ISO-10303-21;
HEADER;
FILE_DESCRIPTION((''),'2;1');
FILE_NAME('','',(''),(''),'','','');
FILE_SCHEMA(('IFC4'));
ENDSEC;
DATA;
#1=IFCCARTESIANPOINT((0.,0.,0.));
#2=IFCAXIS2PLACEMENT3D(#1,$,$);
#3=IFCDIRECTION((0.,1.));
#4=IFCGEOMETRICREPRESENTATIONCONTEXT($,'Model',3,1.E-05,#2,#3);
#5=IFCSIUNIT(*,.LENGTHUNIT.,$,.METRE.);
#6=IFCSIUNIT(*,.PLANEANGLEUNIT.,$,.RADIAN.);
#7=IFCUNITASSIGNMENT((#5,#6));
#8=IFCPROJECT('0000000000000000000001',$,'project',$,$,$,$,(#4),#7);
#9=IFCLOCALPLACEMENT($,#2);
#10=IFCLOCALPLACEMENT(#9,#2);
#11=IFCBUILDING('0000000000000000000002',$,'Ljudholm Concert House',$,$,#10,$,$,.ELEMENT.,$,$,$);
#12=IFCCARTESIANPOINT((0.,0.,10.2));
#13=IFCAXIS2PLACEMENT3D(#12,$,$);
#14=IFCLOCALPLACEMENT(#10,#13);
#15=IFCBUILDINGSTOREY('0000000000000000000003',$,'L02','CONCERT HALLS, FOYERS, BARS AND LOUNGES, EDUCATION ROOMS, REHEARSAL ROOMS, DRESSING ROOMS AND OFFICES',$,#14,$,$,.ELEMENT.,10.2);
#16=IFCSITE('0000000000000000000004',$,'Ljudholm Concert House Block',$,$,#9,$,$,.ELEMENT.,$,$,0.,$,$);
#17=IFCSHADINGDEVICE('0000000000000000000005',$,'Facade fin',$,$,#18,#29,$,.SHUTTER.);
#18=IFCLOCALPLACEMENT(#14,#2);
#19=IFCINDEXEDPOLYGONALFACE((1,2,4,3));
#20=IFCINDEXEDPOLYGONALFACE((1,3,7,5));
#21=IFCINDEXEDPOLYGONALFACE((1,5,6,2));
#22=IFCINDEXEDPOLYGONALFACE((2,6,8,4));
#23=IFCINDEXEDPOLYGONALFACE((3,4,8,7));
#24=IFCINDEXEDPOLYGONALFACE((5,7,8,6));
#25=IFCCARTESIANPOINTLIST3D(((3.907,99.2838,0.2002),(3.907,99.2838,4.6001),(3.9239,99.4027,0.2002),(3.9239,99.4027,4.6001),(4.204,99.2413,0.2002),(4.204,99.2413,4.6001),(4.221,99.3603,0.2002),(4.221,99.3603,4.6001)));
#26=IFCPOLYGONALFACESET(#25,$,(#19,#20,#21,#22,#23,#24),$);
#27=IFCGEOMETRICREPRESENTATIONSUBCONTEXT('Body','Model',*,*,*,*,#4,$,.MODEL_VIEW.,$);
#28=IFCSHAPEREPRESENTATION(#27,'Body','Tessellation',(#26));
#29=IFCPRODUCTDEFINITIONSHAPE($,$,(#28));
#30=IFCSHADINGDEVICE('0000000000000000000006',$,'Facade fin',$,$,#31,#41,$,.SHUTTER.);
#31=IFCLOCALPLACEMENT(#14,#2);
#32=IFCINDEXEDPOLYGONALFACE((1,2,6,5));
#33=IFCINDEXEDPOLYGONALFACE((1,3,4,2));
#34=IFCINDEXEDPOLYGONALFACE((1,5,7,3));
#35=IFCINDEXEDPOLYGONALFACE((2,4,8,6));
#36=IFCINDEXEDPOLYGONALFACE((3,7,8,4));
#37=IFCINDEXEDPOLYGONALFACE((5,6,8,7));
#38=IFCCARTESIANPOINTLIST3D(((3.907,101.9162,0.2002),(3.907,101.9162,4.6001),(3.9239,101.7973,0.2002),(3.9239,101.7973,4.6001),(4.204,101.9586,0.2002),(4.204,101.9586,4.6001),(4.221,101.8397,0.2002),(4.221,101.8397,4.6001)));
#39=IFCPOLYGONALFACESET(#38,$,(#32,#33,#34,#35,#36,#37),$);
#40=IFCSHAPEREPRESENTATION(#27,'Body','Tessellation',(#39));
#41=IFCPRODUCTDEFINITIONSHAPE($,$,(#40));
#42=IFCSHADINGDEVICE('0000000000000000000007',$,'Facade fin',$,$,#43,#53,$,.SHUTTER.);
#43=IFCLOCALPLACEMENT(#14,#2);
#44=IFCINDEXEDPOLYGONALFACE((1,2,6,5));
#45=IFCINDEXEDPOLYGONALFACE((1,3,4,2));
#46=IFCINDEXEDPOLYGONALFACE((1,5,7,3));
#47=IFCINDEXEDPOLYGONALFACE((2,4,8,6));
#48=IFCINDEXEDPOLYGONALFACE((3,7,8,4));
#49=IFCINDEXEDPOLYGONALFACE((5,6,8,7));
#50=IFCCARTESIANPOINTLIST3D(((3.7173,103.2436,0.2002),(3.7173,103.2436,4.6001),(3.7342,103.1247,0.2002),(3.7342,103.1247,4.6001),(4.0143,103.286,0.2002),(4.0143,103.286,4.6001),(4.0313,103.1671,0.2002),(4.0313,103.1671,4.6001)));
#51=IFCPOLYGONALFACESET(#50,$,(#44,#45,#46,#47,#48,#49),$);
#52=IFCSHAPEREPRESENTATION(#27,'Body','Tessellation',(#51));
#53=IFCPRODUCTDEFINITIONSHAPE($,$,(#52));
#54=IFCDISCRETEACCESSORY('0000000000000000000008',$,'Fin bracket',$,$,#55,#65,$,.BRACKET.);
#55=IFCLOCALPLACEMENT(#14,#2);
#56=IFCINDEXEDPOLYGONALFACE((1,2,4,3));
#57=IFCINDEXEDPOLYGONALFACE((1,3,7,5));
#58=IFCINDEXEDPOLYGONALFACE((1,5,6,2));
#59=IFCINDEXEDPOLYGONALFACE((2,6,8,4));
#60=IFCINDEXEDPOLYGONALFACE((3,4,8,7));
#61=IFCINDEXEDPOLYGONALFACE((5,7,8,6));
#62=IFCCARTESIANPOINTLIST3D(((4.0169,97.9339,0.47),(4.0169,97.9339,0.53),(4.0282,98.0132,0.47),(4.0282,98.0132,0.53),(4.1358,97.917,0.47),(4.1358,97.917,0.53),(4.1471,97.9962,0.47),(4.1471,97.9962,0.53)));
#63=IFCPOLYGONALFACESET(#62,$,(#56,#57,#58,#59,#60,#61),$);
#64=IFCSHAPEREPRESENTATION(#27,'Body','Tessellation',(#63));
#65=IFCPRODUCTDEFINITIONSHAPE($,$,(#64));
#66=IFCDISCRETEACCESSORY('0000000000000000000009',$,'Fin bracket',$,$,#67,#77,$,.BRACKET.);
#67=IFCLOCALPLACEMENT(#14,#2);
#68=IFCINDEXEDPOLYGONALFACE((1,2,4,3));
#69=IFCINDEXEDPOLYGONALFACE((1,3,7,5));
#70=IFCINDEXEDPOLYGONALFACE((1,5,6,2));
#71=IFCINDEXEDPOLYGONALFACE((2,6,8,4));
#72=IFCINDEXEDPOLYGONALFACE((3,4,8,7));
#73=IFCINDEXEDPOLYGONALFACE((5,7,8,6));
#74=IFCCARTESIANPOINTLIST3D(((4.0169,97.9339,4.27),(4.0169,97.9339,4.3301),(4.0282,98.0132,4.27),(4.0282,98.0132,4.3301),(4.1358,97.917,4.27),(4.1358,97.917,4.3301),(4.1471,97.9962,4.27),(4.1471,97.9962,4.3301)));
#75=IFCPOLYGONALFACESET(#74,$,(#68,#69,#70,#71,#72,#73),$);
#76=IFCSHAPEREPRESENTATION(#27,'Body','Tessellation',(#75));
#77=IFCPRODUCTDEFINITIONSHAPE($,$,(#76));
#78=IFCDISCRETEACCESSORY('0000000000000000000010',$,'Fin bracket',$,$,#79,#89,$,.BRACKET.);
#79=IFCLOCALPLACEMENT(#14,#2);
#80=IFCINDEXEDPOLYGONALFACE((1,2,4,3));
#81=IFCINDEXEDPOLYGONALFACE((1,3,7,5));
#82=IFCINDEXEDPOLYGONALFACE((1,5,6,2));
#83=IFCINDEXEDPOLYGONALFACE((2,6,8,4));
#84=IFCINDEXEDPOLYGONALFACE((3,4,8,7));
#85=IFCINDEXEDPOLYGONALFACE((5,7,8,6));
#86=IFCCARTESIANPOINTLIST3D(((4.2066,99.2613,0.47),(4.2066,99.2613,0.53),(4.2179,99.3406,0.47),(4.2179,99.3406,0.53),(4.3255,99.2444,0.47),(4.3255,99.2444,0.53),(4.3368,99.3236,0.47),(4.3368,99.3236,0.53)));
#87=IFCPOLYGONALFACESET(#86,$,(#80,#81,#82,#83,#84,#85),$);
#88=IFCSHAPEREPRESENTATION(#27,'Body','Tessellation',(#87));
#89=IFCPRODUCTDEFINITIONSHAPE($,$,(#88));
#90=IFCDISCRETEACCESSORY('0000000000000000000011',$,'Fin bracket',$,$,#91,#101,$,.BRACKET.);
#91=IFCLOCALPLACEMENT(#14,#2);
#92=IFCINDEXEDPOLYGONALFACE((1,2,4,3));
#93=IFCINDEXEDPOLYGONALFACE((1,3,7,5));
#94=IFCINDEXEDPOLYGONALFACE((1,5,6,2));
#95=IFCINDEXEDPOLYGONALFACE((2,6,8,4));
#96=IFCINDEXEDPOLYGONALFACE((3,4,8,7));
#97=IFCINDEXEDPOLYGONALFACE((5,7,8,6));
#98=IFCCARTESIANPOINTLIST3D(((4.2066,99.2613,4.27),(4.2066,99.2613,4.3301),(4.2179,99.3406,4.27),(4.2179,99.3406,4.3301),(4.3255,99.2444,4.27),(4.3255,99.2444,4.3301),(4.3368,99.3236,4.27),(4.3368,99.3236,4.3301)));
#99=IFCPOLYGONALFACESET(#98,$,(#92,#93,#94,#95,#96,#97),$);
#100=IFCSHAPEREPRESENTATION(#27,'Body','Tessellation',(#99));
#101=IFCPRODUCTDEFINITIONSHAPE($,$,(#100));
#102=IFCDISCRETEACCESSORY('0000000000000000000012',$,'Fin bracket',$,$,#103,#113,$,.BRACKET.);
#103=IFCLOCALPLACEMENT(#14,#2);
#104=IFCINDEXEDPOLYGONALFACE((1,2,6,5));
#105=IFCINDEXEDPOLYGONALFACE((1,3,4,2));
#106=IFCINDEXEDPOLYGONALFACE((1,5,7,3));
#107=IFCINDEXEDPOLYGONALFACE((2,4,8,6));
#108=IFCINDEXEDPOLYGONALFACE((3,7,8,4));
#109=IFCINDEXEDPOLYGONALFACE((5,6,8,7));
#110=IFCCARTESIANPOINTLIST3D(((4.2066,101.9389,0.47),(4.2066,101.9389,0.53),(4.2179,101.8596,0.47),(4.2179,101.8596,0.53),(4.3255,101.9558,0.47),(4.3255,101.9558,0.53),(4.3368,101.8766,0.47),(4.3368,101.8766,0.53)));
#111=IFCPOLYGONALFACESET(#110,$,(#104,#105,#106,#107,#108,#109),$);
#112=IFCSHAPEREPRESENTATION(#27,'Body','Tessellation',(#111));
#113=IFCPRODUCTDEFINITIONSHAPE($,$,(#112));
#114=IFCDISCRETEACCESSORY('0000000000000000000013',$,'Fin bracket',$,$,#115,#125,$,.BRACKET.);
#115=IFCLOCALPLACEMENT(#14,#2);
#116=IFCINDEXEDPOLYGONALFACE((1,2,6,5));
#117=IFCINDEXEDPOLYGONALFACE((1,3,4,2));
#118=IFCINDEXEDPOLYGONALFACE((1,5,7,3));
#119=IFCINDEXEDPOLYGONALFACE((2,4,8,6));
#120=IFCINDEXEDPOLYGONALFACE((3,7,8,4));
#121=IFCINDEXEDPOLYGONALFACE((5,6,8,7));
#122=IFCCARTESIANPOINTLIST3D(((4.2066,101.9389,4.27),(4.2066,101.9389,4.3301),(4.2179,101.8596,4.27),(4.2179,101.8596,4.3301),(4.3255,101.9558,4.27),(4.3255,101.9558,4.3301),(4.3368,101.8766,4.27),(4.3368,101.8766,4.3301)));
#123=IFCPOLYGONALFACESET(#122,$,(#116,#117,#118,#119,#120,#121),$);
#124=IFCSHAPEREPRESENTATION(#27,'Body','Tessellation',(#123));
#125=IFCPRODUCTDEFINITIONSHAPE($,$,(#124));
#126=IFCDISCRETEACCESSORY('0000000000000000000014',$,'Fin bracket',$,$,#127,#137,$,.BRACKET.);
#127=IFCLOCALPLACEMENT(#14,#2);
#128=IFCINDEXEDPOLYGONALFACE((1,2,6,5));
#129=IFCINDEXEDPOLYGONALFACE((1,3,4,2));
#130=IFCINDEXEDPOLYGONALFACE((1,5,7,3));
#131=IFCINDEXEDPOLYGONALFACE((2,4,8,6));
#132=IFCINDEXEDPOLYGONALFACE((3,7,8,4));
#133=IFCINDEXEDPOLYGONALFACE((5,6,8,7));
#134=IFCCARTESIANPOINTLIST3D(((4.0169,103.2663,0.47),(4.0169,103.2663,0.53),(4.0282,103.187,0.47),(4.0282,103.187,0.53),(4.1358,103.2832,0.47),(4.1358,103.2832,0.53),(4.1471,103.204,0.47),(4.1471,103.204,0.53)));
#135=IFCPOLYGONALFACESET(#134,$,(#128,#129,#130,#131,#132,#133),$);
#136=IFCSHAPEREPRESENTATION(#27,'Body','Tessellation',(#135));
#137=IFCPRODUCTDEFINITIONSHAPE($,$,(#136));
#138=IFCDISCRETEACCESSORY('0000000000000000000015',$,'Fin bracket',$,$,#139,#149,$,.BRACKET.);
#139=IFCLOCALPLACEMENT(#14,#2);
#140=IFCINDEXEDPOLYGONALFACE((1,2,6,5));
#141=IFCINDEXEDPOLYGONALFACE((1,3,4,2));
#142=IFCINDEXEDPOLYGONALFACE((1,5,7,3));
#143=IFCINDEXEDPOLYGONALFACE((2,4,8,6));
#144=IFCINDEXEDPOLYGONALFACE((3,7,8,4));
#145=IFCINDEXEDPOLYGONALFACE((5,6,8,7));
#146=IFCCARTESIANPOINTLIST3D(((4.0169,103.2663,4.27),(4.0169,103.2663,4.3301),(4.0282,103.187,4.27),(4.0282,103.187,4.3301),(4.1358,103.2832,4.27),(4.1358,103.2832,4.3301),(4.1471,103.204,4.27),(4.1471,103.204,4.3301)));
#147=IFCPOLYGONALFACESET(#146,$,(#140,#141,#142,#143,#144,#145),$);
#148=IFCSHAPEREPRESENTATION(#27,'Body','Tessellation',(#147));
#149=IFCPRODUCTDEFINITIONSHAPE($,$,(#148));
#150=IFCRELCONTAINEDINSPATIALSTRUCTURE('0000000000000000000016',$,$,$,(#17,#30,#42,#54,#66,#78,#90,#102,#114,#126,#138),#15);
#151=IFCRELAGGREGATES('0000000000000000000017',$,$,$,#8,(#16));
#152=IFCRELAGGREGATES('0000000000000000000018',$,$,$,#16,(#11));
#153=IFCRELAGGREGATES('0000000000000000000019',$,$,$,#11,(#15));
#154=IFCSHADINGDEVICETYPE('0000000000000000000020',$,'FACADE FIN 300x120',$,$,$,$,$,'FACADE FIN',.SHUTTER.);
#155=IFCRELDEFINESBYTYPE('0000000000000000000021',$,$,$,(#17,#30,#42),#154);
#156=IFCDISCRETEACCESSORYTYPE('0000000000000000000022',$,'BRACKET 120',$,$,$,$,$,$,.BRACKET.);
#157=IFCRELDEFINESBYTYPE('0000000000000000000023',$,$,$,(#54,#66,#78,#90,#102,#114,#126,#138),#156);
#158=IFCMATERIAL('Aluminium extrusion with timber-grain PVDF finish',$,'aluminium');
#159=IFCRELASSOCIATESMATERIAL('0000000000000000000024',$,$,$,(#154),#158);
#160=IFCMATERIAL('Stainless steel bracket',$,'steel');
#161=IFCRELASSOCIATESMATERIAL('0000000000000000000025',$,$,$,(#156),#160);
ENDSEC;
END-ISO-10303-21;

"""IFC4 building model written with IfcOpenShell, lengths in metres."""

from ifc_helpers import new_model, si_unit, direction, frame, origin, origin_2d, place, context, subcontext, project, spatial, rectangle, extrude, material, type_object, element, save


model = new_model("IFC4")

# Units and contexts
model_context = context("Model", 3, precision=1e-05, world=origin(), true_north=direction((0.0, 1.0)))
body_context = subcontext(model_context, "Body", "Model", "MODEL_VIEW")
ifc_project = project(units=[si_unit("LENGTHUNIT", "METRE"), si_unit("PLANEANGLEUNIT", "RADIAN")], contexts=[model_context])

# Site, building, storey
site_placement = place(None, origin())
site = spatial("IfcSite", under=ifc_project, at=site_placement, Name="Ljudholm Concert House Block", CompositionType="ELEMENT", RefElevation=0.0)
building_placement = place(site_placement, origin())
building = spatial("IfcBuilding", under=site, at=building_placement, Name="Ljudholm Concert House", CompositionType="ELEMENT")
storey_placement = place(building_placement, frame((0.0, 0.0, 10.2)))
storey = spatial("IfcBuildingStorey", under=building, at=storey_placement, Name="L02", Description="CONCERT HALLS, FOYERS, BARS AND LOUNGES, EDUCATION ROOMS, REHEARSAL ROOMS, DRESSING ROOMS AND OFFICES", CompositionType="ELEMENT", Elevation=10.2)

# Shading devices
ifc_material_1 = material(Name="Aluminium extrusion with timber-grain PVDF finish", Category="aluminium")
shading_device_type = type_object("IfcShadingDeviceType", Name="FACADE FIN 300x120", ElementType="FACADE FIN", PredefinedType="SHUTTER", material=ifc_material_1)
for number, where, z_axis, x_axis, name in (
    (1, (4.064, 99.322, 0.2002), (0.0, 0.0, 1.0), (-0.989949, 0.141421, 0.0), "Facade fin"),
    (2, (4.064, 101.8779, 0.2002), (0.0, 0.0, 1.0), (-0.989949, -0.141421, 0.0), "Facade fin"),
    (3, (3.8743, 103.2053, 0.2002), (0.0, 0.0, 1.0), (-0.989949, -0.141421, 0.0), "Facade fin"),
):
    element("IfcShadingDevice", number, at=place(storey_placement, frame(where, z_axis=z_axis, x_axis=x_axis)), inside=storey, type_object=shading_device_type, Name=name, PredefinedType="SHUTTER", context=body_context, shape_type="SweptSolid", body=[
        extrude(rectangle(XDim=0.3, YDim=0.1201, at=origin_2d()), origin(), (0.0, 0.0, 1.0), 4.3999),
    ])

# Discrete accessories
ifc_material_2 = material(Name="Stainless steel bracket", Category="steel")
discrete_accessory_type = type_object("IfcDiscreteAccessoryType", Name="BRACKET 120", PredefinedType="BRACKET", material=ifc_material_2)
for number, where, z_axis, x_axis, name in (
    (4, (4.082, 97.9651, 0.47), (0.0, 0.0, 1.0), (-0.989949, 0.141421, 0.0), "Fin bracket"),
    (5, (4.082, 97.9651, 4.27), (0.0, 0.0, 1.0), (-0.989949, 0.141421, 0.0), "Fin bracket"),
    (6, (4.2717, 99.2925, 0.47), (0.0, 0.0, 1.0), (-0.989949, 0.141421, 0.0), "Fin bracket"),
    (7, (4.2717, 99.2925, 4.27), (0.0, 0.0, 1.0), (-0.989949, 0.141421, 0.0), "Fin bracket"),
    (8, (4.2717, 101.9077, 0.47), (0.0, 0.0, 1.0), (-0.989949, -0.141421, 0.0), "Fin bracket"),
    (9, (4.2717, 101.9077, 4.27), (0.0, 0.0, 1.0), (-0.989949, -0.141421, 0.0), "Fin bracket"),
    (10, (4.082, 103.2351, 0.47), (0.0, 0.0, 1.0), (-0.989949, -0.141421, 0.0), "Fin bracket"),
    (11, (4.082, 103.2351, 4.27), (0.0, 0.0, 1.0), (-0.989949, -0.141421, 0.0), "Fin bracket"),
):
    element("IfcDiscreteAccessory", number, at=place(storey_placement, frame(where, z_axis=z_axis, x_axis=x_axis)), inside=storey, type_object=discrete_accessory_type, Name=name, PredefinedType="BRACKET", context=body_context, shape_type="SweptSolid", body=[
        extrude(rectangle(XDim=0.1201, YDim=0.0801, at=origin_2d()), origin(), (0.0, 0.0, 1.0), 0.0601),
    ])

save(model, "model.ifc")
